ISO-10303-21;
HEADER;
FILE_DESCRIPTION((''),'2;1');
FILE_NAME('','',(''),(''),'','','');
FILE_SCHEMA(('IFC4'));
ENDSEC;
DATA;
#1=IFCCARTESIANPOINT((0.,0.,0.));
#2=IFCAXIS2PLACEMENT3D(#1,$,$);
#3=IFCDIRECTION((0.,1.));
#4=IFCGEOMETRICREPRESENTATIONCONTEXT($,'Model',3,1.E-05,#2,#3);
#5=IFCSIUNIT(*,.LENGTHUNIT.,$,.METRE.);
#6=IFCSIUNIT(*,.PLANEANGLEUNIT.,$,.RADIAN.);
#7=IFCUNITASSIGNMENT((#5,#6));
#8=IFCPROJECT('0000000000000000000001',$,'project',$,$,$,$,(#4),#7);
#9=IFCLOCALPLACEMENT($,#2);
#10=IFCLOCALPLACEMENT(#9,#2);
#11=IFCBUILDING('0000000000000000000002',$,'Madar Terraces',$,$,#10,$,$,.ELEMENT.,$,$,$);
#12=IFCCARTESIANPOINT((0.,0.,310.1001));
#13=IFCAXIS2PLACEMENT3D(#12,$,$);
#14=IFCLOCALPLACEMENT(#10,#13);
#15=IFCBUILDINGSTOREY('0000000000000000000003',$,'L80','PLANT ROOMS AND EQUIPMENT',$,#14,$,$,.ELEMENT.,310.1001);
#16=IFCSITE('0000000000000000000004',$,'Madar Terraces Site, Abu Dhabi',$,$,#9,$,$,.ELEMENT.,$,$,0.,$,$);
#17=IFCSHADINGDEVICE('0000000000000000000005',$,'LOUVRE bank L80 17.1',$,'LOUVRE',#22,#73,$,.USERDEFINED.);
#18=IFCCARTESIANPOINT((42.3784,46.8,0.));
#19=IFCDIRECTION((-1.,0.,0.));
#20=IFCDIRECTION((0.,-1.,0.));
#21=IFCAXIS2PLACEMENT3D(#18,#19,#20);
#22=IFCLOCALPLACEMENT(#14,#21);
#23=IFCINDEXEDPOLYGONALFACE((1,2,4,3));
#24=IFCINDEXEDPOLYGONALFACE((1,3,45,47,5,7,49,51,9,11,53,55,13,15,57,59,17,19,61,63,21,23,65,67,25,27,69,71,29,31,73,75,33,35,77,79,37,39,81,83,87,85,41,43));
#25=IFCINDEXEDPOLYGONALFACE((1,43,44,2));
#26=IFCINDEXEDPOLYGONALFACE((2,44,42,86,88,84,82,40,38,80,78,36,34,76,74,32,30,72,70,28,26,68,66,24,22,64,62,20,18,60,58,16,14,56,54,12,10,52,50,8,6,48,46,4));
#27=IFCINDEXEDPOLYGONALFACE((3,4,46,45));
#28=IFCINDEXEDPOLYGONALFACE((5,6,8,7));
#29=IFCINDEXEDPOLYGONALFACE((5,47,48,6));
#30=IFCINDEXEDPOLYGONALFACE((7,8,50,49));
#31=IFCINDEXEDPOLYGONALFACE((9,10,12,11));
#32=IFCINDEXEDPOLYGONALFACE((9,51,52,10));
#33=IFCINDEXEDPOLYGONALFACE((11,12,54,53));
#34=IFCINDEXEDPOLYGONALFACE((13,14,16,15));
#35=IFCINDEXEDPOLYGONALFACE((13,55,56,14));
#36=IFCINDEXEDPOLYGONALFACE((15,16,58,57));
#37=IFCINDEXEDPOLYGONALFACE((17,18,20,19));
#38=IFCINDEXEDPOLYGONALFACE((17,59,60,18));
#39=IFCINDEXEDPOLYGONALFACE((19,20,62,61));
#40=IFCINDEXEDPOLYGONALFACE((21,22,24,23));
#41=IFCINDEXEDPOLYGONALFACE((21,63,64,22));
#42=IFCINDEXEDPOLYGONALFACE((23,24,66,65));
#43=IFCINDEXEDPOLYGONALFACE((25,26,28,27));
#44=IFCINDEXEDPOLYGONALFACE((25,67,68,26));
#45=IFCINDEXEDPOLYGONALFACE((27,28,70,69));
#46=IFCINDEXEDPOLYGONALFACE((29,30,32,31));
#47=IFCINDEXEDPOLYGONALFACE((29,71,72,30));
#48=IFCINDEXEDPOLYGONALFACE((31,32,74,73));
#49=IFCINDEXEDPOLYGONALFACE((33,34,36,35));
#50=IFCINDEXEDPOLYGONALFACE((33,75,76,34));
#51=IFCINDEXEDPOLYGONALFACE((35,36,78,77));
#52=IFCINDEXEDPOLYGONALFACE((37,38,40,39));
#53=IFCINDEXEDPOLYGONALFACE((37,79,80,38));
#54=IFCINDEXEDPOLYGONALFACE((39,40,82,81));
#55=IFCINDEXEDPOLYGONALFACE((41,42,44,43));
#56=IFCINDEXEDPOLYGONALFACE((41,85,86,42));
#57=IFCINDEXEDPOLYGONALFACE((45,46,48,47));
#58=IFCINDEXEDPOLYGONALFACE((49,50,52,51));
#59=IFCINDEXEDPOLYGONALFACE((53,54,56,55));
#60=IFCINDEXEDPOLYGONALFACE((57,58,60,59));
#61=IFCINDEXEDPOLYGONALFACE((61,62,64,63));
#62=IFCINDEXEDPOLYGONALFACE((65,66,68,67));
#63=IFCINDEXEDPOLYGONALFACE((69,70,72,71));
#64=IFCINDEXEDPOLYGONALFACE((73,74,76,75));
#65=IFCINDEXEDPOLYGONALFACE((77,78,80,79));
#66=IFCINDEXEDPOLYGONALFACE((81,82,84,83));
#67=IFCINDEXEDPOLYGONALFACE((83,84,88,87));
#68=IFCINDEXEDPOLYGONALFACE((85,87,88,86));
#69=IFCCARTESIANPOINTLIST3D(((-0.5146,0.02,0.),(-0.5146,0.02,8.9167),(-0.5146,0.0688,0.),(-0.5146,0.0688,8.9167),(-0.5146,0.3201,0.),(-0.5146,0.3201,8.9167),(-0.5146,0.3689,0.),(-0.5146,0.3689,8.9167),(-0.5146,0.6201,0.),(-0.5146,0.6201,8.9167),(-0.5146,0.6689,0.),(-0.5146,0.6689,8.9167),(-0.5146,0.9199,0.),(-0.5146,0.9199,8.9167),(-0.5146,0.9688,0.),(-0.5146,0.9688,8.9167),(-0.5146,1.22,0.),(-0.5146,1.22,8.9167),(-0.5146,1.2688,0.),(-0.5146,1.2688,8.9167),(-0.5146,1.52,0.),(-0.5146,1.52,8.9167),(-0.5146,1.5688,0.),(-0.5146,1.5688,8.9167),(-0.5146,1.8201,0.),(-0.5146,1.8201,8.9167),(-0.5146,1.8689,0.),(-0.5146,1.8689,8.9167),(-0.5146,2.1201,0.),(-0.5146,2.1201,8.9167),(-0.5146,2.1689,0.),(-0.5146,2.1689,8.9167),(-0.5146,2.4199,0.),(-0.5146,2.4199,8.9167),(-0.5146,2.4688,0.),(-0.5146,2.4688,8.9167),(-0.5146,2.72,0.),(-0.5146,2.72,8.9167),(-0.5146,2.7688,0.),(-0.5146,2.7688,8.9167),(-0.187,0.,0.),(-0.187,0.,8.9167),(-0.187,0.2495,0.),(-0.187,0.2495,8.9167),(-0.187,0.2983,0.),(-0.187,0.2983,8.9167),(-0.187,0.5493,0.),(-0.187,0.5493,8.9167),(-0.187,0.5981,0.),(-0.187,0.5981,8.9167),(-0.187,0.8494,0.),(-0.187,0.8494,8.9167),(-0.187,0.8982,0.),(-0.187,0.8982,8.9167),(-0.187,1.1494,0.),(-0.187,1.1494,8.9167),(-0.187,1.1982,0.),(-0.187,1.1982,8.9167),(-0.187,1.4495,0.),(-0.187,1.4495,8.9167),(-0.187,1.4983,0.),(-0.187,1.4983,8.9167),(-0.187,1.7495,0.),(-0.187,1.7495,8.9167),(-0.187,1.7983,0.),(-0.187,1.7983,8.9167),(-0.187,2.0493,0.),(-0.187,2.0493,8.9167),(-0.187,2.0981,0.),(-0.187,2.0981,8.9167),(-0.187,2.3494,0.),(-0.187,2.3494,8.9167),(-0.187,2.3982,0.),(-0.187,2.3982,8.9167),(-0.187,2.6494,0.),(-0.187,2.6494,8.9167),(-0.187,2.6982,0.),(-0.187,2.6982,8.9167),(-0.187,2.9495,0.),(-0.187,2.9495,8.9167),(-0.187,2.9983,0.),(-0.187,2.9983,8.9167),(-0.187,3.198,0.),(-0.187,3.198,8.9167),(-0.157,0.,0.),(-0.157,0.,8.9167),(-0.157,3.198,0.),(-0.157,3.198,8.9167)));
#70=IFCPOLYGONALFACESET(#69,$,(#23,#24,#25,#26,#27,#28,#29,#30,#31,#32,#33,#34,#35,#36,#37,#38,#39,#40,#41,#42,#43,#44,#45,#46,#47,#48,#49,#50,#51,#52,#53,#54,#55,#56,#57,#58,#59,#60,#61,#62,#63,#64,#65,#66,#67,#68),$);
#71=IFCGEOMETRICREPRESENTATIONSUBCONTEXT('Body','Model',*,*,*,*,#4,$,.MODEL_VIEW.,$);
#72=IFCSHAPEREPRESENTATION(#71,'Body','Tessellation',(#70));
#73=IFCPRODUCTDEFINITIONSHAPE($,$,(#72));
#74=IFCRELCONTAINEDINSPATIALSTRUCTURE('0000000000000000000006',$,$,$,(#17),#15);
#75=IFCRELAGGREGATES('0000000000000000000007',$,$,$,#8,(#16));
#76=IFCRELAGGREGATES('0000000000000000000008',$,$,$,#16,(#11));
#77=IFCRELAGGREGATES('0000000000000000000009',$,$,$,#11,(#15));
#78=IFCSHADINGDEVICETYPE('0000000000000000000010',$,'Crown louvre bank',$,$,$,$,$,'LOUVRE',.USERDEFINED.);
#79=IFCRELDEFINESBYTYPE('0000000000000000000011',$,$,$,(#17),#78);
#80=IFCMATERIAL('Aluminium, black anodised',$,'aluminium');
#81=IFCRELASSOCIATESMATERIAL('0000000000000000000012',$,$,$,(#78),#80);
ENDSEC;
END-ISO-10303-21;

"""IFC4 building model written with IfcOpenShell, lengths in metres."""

from ifc_helpers import new_model, si_unit, direction, frame, origin, place, context, subcontext, project, spatial, polyline, outline, extrude, material, type_object, element, save


model = new_model("IFC4")

# Units and contexts
model_context = context("Model", 3, precision=1e-05, world=origin(), true_north=direction((0.0, 1.0)))
body_context = subcontext(model_context, "Body", "Model", "MODEL_VIEW")
ifc_project = project(units=[si_unit("LENGTHUNIT", "METRE"), si_unit("PLANEANGLEUNIT", "RADIAN")], contexts=[model_context])

# Site, building, storey
site_placement = place(None, origin())
site = spatial("IfcSite", under=ifc_project, at=site_placement, Name="Madar Terraces Site, Abu Dhabi", CompositionType="ELEMENT", RefElevation=0.0)
building_placement = place(site_placement, origin())
building = spatial("IfcBuilding", under=site, at=building_placement, Name="Madar Terraces", CompositionType="ELEMENT")
storey_placement = place(building_placement, frame((0.0, 0.0, 310.1001)))
storey = spatial("IfcBuildingStorey", under=building, at=storey_placement, Name="L80", Description="PLANT ROOMS AND EQUIPMENT", CompositionType="ELEMENT", Elevation=310.1001)

# Shading device
ifc_material_1 = material(Name="Aluminium, black anodised", Category="aluminium")
shading_device_type = type_object("IfcShadingDeviceType", Name="Crown louvre bank", ElementType="LOUVRE", PredefinedType="USERDEFINED", material=ifc_material_1)
shading_device_1_placement = place(storey_placement, frame((42.3784, 46.8, 0.0), z_axis=(-1.0, 0.0, 0.0), x_axis=(0.0, -1.0, 0.0)))
element("IfcShadingDevice", 1, at=shading_device_1_placement, inside=storey, type_object=shading_device_type, Name="LOUVRE bank L80 17.1", ObjectType="LOUVRE", PredefinedType="USERDEFINED", context=body_context, shape_type="SweptSolid", body=[
    extrude(outline(polyline([(-0.157, 0.0), (-0.187, 0.0), (-0.187, 0.2495), (-0.5146, 0.02), (-0.5146, 0.0688), (-0.187, 0.2983), (-0.187, 0.5493), (-0.5146, 0.3201), (-0.5146, 0.3689), (-0.187, 0.5981), (-0.187, 0.8494), (-0.5146, 0.6201), (-0.5146, 0.6689), (-0.187, 0.8982), (-0.187, 1.1494), (-0.5146, 0.9199), (-0.5146, 0.9688), (-0.187, 1.1982), (-0.187, 1.4495), (-0.5146, 1.22), (-0.5146, 1.2688), (-0.187, 1.4983), (-0.187, 1.7495), (-0.5146, 1.52), (-0.5146, 1.5688), (-0.187, 1.7983), (-0.187, 2.0493), (-0.5146, 1.8201), (-0.5146, 1.8689), (-0.187, 2.0981), (-0.187, 2.3494), (-0.5146, 2.1201), (-0.5146, 2.1689), (-0.187, 2.3982), (-0.187, 2.6494), (-0.5146, 2.4199), (-0.5146, 2.4688), (-0.187, 2.6982), (-0.187, 2.9495), (-0.5146, 2.72), (-0.5146, 2.7688), (-0.187, 2.9983), (-0.187, 3.198), (-0.157, 3.198), (-0.157, 0.0)])), origin(), (0.0, 0.0, 1.0), 8.9167),
])

save(model, "model.ifc")
